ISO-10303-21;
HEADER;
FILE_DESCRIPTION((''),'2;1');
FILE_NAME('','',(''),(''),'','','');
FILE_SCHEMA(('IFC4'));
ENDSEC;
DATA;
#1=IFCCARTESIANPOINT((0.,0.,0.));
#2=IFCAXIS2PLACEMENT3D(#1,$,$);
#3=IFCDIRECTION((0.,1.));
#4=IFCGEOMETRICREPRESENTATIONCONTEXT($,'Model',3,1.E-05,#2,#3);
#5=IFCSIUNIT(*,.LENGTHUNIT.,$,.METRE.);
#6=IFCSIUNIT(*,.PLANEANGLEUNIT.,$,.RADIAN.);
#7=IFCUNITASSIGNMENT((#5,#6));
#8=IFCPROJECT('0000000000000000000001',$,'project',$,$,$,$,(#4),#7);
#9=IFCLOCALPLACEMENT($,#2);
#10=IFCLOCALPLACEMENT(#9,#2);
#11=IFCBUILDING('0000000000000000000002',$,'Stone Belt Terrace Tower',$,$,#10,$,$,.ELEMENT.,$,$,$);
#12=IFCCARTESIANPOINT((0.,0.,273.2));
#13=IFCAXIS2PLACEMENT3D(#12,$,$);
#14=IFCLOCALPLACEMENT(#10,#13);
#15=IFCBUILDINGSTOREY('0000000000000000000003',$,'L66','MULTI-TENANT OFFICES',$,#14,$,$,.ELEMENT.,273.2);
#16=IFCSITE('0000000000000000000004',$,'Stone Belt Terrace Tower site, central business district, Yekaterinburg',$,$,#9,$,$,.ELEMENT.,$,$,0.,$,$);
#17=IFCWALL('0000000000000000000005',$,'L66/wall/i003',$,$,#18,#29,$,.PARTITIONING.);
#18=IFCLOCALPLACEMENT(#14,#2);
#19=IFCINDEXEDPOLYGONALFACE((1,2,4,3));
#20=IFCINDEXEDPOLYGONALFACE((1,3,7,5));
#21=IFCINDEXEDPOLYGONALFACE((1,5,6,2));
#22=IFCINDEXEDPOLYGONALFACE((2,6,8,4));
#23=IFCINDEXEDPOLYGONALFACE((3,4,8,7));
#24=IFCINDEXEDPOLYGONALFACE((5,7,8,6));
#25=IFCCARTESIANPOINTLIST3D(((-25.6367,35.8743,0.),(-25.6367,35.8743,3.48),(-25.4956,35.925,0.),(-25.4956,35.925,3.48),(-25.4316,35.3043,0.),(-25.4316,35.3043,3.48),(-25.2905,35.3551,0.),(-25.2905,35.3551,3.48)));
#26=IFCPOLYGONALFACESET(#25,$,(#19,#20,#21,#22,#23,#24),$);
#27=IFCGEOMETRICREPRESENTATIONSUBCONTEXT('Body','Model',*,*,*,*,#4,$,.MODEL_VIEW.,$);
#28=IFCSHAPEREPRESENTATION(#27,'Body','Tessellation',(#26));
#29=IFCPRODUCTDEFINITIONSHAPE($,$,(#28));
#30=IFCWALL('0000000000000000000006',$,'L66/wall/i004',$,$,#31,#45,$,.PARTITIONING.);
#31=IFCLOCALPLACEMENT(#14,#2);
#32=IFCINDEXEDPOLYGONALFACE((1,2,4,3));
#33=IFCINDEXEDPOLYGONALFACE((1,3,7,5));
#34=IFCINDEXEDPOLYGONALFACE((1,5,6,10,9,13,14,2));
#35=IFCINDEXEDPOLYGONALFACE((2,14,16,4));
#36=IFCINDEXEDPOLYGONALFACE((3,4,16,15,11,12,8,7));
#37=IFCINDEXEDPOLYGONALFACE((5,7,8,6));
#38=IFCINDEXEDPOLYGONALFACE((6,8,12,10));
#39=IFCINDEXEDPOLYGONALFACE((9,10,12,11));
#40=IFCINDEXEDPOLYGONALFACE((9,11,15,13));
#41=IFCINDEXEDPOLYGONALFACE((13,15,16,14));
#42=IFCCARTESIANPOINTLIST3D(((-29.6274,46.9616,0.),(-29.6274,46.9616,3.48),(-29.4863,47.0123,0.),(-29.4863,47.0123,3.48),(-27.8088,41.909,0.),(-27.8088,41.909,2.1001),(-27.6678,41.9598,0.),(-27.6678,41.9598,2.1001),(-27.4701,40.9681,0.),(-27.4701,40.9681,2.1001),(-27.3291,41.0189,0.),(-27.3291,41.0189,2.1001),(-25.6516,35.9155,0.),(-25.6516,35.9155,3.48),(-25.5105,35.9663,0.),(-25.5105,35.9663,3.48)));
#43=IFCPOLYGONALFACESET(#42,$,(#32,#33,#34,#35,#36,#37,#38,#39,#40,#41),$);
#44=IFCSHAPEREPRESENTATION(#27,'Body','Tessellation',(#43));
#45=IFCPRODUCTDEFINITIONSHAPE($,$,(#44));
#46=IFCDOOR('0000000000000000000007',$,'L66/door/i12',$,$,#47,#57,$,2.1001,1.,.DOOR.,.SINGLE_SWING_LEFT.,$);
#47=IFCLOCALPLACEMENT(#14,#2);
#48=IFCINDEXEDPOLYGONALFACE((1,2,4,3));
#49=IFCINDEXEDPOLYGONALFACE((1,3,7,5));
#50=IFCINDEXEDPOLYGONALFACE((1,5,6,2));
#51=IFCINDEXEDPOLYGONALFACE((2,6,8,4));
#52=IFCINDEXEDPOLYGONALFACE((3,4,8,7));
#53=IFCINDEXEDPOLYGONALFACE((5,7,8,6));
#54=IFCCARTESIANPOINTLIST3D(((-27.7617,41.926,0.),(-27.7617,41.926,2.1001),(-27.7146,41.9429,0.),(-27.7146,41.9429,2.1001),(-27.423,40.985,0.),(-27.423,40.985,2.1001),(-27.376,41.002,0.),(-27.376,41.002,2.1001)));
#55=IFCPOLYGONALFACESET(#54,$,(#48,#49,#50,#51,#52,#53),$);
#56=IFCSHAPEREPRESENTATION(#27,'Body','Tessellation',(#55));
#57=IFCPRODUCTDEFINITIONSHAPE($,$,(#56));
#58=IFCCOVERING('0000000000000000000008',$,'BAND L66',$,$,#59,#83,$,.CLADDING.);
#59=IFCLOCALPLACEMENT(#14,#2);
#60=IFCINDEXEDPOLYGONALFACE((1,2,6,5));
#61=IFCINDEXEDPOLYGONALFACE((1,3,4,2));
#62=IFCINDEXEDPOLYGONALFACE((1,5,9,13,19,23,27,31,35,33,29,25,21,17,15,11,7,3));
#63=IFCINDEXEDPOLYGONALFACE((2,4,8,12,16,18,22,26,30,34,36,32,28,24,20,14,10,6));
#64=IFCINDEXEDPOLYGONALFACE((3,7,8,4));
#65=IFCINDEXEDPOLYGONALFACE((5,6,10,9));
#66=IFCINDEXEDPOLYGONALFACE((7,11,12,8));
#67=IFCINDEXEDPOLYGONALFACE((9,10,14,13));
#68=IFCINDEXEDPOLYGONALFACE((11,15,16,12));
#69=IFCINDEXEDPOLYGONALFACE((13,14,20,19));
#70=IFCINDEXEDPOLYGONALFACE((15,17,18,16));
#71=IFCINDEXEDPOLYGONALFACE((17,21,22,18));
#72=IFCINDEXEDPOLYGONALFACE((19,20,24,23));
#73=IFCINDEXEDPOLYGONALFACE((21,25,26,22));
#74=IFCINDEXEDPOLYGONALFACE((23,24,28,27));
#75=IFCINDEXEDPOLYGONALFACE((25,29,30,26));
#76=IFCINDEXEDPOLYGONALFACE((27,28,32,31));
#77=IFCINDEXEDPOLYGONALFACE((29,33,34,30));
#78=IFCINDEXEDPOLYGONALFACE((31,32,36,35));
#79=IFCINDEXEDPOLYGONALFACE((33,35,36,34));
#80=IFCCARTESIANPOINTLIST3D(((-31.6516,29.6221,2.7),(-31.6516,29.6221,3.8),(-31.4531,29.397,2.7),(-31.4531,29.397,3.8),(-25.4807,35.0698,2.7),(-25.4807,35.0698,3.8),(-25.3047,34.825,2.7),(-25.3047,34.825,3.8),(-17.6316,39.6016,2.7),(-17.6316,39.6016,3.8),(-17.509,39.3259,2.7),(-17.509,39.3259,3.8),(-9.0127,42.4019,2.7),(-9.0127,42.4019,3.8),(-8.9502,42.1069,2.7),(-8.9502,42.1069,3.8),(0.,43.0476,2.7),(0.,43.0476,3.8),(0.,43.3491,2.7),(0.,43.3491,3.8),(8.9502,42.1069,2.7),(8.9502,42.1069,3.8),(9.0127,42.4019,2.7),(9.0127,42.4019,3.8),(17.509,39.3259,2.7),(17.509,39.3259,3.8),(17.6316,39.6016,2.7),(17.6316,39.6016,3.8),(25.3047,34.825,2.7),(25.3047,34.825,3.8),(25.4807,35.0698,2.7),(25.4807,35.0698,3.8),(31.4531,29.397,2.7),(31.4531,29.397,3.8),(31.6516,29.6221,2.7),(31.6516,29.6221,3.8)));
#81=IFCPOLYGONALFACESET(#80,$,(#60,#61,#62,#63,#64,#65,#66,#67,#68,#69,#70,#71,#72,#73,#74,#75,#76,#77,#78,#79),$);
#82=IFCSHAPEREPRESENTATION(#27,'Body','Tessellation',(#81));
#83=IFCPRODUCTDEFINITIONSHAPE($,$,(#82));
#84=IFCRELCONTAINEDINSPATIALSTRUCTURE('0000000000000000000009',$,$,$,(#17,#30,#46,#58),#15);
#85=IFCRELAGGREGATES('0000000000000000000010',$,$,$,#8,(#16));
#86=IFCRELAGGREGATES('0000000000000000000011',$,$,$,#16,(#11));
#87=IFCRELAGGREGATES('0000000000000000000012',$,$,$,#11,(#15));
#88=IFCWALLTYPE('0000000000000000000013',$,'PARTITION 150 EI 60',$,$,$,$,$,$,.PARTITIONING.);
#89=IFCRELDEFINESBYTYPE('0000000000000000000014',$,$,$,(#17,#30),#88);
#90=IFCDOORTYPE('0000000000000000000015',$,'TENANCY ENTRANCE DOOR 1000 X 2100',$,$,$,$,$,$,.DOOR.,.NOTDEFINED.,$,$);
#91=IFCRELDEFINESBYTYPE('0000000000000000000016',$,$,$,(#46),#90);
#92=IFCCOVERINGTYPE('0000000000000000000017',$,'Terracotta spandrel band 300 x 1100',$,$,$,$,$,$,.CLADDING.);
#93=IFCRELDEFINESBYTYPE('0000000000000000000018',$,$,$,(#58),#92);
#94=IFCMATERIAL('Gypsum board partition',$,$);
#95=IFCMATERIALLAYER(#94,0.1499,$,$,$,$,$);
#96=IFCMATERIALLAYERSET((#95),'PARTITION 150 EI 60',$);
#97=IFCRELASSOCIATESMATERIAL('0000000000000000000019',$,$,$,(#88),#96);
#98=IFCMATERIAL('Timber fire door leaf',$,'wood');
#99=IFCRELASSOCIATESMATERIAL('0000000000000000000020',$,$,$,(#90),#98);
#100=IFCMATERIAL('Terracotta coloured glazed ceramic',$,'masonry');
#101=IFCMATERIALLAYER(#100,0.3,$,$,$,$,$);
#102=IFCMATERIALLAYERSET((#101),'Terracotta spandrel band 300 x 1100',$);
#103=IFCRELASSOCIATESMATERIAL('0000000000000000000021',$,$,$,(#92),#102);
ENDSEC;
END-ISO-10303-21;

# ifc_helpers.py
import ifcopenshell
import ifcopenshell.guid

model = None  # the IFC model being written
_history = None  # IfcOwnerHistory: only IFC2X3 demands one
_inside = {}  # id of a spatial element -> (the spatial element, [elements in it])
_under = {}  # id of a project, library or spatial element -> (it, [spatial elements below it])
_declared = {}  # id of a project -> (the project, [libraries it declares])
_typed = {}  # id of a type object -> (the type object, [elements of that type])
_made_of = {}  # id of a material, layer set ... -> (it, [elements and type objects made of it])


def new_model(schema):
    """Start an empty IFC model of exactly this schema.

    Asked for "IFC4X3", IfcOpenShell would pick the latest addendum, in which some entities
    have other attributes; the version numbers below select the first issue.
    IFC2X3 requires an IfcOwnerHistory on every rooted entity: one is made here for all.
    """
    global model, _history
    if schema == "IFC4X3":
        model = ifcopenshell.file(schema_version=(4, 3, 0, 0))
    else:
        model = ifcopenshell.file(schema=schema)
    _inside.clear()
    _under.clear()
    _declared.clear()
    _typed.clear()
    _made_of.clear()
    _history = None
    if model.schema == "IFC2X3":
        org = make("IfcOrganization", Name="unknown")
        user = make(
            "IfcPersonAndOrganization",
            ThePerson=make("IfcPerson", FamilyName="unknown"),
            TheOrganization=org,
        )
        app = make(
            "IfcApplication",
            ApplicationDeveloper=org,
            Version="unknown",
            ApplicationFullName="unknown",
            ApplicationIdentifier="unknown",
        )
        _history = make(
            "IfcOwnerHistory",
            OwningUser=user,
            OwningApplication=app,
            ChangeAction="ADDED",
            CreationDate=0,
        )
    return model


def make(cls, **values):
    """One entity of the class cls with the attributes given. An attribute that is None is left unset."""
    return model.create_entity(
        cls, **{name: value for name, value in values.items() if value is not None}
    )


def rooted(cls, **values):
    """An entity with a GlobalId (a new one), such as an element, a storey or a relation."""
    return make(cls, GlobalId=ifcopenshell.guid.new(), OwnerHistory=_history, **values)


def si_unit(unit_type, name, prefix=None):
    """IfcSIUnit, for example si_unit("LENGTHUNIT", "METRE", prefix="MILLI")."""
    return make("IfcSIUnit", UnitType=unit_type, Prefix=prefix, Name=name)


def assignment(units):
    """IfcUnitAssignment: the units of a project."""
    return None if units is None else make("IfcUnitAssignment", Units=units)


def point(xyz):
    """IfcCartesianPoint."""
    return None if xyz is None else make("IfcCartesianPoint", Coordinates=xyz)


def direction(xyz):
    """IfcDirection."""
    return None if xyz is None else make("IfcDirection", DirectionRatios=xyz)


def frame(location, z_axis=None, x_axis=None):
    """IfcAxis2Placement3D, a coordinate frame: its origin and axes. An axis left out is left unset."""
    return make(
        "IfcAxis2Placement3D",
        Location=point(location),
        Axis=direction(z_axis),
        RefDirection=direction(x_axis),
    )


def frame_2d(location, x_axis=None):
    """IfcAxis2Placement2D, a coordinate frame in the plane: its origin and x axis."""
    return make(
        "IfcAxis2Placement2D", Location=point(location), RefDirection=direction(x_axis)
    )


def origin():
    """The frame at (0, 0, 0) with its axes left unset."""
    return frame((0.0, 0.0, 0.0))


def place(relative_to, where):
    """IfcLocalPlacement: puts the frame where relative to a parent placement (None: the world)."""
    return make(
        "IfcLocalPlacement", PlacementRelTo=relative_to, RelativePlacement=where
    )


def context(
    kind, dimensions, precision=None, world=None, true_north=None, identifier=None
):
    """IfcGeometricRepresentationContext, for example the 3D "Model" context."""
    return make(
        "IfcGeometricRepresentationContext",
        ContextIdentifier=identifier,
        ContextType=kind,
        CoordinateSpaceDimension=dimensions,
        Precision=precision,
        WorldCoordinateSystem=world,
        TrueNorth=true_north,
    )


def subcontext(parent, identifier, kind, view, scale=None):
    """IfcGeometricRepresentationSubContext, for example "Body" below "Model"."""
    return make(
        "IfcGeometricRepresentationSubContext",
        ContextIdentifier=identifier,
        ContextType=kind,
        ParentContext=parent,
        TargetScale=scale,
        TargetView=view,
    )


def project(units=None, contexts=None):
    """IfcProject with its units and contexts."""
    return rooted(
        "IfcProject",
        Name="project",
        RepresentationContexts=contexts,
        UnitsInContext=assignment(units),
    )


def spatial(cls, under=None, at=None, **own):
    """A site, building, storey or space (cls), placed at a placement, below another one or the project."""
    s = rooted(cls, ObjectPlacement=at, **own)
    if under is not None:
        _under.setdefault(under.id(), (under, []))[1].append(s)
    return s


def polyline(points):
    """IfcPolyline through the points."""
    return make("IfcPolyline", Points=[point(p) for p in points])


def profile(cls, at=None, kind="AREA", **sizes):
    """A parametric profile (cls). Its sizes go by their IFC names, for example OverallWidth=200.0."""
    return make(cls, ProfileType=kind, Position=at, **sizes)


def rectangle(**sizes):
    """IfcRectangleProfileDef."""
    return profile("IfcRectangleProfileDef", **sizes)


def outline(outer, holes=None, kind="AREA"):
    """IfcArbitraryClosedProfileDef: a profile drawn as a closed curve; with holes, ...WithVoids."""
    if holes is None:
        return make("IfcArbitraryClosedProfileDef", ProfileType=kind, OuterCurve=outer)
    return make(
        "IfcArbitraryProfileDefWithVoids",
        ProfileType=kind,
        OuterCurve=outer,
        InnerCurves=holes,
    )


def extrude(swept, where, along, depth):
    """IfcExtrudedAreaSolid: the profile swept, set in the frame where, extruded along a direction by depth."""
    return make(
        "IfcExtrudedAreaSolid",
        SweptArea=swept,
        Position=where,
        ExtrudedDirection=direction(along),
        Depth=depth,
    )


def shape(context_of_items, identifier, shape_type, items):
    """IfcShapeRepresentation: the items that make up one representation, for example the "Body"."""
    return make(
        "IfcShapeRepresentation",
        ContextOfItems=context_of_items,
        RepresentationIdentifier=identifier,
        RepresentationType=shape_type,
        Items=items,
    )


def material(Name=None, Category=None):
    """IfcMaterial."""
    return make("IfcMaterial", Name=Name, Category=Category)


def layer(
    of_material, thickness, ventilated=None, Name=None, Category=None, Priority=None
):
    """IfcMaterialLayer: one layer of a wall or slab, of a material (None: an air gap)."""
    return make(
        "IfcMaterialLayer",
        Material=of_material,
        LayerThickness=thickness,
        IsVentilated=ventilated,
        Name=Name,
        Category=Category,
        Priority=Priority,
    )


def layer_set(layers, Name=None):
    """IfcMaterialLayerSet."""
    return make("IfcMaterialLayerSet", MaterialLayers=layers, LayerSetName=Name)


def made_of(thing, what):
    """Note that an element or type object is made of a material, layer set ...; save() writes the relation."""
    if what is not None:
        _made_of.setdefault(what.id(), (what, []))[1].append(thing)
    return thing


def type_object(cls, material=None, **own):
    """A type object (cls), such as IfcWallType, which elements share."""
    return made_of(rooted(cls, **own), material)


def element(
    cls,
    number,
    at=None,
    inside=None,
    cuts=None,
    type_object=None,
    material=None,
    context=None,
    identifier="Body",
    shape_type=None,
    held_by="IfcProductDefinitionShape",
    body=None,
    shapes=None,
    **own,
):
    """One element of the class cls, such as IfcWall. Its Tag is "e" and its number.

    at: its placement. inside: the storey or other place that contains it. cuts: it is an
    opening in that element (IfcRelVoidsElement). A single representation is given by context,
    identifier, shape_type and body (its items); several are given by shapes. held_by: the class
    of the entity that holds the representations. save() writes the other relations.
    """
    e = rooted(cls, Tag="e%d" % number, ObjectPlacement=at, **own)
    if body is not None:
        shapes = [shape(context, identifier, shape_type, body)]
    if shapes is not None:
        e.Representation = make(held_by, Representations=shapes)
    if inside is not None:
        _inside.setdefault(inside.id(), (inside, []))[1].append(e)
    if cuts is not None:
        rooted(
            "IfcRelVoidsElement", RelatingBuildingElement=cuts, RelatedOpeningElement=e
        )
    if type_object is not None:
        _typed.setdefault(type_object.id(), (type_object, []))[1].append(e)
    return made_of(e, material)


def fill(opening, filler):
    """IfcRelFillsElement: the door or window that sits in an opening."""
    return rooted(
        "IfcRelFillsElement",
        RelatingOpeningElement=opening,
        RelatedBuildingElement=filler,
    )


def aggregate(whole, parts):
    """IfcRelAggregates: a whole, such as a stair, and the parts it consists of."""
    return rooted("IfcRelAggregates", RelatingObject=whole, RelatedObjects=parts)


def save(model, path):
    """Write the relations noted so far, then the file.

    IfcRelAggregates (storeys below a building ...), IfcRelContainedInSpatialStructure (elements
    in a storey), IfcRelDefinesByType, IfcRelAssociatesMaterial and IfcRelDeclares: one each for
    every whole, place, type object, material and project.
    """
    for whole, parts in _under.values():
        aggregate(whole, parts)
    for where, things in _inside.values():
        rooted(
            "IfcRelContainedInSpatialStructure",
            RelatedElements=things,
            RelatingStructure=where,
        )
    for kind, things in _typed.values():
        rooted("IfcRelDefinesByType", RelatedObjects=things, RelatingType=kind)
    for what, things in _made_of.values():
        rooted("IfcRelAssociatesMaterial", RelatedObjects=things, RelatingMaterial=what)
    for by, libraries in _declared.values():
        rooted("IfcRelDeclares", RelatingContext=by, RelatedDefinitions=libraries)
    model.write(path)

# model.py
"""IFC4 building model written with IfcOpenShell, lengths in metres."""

from ifc_helpers import new_model, si_unit, direction, frame, frame_2d, origin, place, context, subcontext, project, spatial, polyline, rectangle, outline, extrude, material, layer, layer_set, type_object, element, fill, save


model = new_model("IFC4")

# Units and contexts
model_context = context("Model", 3, precision=1e-05, world=origin(), true_north=direction((0.0, 1.0)))
body_context = subcontext(model_context, "Body", "Model", "MODEL_VIEW")
ifc_project = project(units=[si_unit("LENGTHUNIT", "METRE"), si_unit("PLANEANGLEUNIT", "RADIAN")], contexts=[model_context])

# Site, building, storey
site_placement = place(None, origin())
site = spatial("IfcSite", under=ifc_project, at=site_placement, Name="Stone Belt Terrace Tower site, central business district, Yekaterinburg", CompositionType="ELEMENT", RefElevation=0.0)
building_placement = place(site_placement, origin())
building = spatial("IfcBuilding", under=site, at=building_placement, Name="Stone Belt Terrace Tower", CompositionType="ELEMENT")
storey_placement = place(building_placement, frame((0.0, 0.0, 273.2)))
storey = spatial("IfcBuildingStorey", under=building, at=storey_placement, Name="L66", Description="MULTI-TENANT OFFICES", CompositionType="ELEMENT", Elevation=273.2)

# Shared definitions
ifc_material_1 = material(Name="Gypsum board partition")

# Wall
ifc_layer_1 = layer(ifc_material_1, 0.1499)
ifc_layer_set_1 = layer_set([ifc_layer_1], Name="PARTITION 150 EI 60")
wall_type_1 = type_object("IfcWallType", Name="PARTITION 150 EI 60", PredefinedType="PARTITIONING", material=ifc_layer_set_1)
wall_1_placement = place(storey_placement, frame((-25.3611, 35.3298, 0.0), z_axis=(0.0, 0.0, 1.0), x_axis=(-0.338634, 0.940918, 0.0)))
element("IfcWall", 1, at=wall_1_placement, inside=storey, type_object=wall_type_1, Name="L66/wall/i003", PredefinedType="PARTITIONING", context=body_context, shape_type="SweptSolid", body=[
    extrude(rectangle(XDim=0.6057, YDim=0.1499, at=frame_2d((0.3027, 0.0))), origin(), (0.0, 0.0, 1.0), 3.48),
])

# Wall, opening, door
wall_2_placement = place(storey_placement, frame((-25.5811, 35.9409, 0.0), z_axis=(0.0, 0.0, 1.0), x_axis=(-0.338661, 0.940909, 0.0)))
wall_2 = element("IfcWall", 2, at=wall_2_placement, inside=storey, type_object=wall_type_1, Name="L66/wall/i004", PredefinedType="PARTITIONING", context=body_context, shape_type="SweptSolid", body=[
    extrude(rectangle(XDim=11.7397, YDim=0.1499, at=frame_2d((5.8699, 0.0))), origin(), (0.0, 0.0, 1.0), 3.48),
])
opening_1_placement = place(wall_2_placement, frame((5.3699, 0.0, 0.0)))
opening_1 = element("IfcOpeningElement", 3, at=opening_1_placement, cuts=wall_2, PredefinedType="OPENING", context=body_context, shape_type="SweptSolid", body=[
    extrude(rectangle(XDim=1.0, YDim=2.1001, at=frame_2d((0.5, 1.05))), frame((0.0, 0.085, 0.0), z_axis=(0.0, -1.0, 0.0), x_axis=(1.0, 0.0, 0.0)), (0.0, 0.0, 1.0), 0.1699),
])
ifc_material_2 = material(Name="Timber fire door leaf", Category="wood")
door_type_1 = type_object("IfcDoorType", Name="TENANCY ENTRANCE DOOR 1000 X 2100", OperationType="NOTDEFINED", PredefinedType="DOOR", material=ifc_material_2)
door_1_placement = place(opening_1_placement, origin())
door_1 = element("IfcDoor", 4, at=door_1_placement, inside=storey, type_object=door_type_1, Name="L66/door/i12", OperationType="SINGLE_SWING_LEFT", OverallHeight=2.1001, OverallWidth=1.0, PredefinedType="DOOR", context=body_context, shape_type="SweptSolid", body=[
    extrude(rectangle(XDim=1.0, YDim=2.1001, at=frame_2d((0.5, 1.05))), frame((0.0, 0.0249, 0.0), z_axis=(0.0, -1.0, 0.0), x_axis=(1.0, 0.0, 0.0)), (0.0, 0.0, 1.0), 0.05),
])
fill(opening_1, door_1)

# Covering
ifc_material_3 = material(Name="Terracotta coloured glazed ceramic", Category="masonry")
ifc_layer_2 = layer(ifc_material_3, 0.3)
ifc_layer_set_2 = layer_set([ifc_layer_2], Name="Terracotta spandrel band 300 x 1100")
covering_type = type_object("IfcCoveringType", Name="Terracotta spandrel band 300 x 1100", PredefinedType="CLADDING", material=ifc_layer_set_2)
covering_placement = place(storey_placement, frame((0.0, 0.0, 2.7)))
element("IfcCovering", 5, at=covering_placement, inside=storey, type_object=covering_type, Name="BAND L66", PredefinedType="CLADDING", context=body_context, shape_type="SweptSolid", body=[
    extrude(outline(polyline([(-31.6516, 29.6221), (-25.4807, 35.0698), (-17.6316, 39.6016), (-9.0127, 42.4019), (0.0, 43.3491), (9.0127, 42.4019), (17.6316, 39.6016), (25.4807, 35.0698), (31.6516, 29.6221), (31.4531, 29.397), (25.3047, 34.825), (17.509, 39.3259), (8.9502, 42.1069), (0.0, 43.0476), (-8.9502, 42.1069), (-17.509, 39.3259), (-25.3047, 34.825), (-31.4531, 29.397), (-31.6516, 29.6221)])), origin(), (0.0, 0.0, 1.0), 1.1001),
])

save(model, "model.ifc")
